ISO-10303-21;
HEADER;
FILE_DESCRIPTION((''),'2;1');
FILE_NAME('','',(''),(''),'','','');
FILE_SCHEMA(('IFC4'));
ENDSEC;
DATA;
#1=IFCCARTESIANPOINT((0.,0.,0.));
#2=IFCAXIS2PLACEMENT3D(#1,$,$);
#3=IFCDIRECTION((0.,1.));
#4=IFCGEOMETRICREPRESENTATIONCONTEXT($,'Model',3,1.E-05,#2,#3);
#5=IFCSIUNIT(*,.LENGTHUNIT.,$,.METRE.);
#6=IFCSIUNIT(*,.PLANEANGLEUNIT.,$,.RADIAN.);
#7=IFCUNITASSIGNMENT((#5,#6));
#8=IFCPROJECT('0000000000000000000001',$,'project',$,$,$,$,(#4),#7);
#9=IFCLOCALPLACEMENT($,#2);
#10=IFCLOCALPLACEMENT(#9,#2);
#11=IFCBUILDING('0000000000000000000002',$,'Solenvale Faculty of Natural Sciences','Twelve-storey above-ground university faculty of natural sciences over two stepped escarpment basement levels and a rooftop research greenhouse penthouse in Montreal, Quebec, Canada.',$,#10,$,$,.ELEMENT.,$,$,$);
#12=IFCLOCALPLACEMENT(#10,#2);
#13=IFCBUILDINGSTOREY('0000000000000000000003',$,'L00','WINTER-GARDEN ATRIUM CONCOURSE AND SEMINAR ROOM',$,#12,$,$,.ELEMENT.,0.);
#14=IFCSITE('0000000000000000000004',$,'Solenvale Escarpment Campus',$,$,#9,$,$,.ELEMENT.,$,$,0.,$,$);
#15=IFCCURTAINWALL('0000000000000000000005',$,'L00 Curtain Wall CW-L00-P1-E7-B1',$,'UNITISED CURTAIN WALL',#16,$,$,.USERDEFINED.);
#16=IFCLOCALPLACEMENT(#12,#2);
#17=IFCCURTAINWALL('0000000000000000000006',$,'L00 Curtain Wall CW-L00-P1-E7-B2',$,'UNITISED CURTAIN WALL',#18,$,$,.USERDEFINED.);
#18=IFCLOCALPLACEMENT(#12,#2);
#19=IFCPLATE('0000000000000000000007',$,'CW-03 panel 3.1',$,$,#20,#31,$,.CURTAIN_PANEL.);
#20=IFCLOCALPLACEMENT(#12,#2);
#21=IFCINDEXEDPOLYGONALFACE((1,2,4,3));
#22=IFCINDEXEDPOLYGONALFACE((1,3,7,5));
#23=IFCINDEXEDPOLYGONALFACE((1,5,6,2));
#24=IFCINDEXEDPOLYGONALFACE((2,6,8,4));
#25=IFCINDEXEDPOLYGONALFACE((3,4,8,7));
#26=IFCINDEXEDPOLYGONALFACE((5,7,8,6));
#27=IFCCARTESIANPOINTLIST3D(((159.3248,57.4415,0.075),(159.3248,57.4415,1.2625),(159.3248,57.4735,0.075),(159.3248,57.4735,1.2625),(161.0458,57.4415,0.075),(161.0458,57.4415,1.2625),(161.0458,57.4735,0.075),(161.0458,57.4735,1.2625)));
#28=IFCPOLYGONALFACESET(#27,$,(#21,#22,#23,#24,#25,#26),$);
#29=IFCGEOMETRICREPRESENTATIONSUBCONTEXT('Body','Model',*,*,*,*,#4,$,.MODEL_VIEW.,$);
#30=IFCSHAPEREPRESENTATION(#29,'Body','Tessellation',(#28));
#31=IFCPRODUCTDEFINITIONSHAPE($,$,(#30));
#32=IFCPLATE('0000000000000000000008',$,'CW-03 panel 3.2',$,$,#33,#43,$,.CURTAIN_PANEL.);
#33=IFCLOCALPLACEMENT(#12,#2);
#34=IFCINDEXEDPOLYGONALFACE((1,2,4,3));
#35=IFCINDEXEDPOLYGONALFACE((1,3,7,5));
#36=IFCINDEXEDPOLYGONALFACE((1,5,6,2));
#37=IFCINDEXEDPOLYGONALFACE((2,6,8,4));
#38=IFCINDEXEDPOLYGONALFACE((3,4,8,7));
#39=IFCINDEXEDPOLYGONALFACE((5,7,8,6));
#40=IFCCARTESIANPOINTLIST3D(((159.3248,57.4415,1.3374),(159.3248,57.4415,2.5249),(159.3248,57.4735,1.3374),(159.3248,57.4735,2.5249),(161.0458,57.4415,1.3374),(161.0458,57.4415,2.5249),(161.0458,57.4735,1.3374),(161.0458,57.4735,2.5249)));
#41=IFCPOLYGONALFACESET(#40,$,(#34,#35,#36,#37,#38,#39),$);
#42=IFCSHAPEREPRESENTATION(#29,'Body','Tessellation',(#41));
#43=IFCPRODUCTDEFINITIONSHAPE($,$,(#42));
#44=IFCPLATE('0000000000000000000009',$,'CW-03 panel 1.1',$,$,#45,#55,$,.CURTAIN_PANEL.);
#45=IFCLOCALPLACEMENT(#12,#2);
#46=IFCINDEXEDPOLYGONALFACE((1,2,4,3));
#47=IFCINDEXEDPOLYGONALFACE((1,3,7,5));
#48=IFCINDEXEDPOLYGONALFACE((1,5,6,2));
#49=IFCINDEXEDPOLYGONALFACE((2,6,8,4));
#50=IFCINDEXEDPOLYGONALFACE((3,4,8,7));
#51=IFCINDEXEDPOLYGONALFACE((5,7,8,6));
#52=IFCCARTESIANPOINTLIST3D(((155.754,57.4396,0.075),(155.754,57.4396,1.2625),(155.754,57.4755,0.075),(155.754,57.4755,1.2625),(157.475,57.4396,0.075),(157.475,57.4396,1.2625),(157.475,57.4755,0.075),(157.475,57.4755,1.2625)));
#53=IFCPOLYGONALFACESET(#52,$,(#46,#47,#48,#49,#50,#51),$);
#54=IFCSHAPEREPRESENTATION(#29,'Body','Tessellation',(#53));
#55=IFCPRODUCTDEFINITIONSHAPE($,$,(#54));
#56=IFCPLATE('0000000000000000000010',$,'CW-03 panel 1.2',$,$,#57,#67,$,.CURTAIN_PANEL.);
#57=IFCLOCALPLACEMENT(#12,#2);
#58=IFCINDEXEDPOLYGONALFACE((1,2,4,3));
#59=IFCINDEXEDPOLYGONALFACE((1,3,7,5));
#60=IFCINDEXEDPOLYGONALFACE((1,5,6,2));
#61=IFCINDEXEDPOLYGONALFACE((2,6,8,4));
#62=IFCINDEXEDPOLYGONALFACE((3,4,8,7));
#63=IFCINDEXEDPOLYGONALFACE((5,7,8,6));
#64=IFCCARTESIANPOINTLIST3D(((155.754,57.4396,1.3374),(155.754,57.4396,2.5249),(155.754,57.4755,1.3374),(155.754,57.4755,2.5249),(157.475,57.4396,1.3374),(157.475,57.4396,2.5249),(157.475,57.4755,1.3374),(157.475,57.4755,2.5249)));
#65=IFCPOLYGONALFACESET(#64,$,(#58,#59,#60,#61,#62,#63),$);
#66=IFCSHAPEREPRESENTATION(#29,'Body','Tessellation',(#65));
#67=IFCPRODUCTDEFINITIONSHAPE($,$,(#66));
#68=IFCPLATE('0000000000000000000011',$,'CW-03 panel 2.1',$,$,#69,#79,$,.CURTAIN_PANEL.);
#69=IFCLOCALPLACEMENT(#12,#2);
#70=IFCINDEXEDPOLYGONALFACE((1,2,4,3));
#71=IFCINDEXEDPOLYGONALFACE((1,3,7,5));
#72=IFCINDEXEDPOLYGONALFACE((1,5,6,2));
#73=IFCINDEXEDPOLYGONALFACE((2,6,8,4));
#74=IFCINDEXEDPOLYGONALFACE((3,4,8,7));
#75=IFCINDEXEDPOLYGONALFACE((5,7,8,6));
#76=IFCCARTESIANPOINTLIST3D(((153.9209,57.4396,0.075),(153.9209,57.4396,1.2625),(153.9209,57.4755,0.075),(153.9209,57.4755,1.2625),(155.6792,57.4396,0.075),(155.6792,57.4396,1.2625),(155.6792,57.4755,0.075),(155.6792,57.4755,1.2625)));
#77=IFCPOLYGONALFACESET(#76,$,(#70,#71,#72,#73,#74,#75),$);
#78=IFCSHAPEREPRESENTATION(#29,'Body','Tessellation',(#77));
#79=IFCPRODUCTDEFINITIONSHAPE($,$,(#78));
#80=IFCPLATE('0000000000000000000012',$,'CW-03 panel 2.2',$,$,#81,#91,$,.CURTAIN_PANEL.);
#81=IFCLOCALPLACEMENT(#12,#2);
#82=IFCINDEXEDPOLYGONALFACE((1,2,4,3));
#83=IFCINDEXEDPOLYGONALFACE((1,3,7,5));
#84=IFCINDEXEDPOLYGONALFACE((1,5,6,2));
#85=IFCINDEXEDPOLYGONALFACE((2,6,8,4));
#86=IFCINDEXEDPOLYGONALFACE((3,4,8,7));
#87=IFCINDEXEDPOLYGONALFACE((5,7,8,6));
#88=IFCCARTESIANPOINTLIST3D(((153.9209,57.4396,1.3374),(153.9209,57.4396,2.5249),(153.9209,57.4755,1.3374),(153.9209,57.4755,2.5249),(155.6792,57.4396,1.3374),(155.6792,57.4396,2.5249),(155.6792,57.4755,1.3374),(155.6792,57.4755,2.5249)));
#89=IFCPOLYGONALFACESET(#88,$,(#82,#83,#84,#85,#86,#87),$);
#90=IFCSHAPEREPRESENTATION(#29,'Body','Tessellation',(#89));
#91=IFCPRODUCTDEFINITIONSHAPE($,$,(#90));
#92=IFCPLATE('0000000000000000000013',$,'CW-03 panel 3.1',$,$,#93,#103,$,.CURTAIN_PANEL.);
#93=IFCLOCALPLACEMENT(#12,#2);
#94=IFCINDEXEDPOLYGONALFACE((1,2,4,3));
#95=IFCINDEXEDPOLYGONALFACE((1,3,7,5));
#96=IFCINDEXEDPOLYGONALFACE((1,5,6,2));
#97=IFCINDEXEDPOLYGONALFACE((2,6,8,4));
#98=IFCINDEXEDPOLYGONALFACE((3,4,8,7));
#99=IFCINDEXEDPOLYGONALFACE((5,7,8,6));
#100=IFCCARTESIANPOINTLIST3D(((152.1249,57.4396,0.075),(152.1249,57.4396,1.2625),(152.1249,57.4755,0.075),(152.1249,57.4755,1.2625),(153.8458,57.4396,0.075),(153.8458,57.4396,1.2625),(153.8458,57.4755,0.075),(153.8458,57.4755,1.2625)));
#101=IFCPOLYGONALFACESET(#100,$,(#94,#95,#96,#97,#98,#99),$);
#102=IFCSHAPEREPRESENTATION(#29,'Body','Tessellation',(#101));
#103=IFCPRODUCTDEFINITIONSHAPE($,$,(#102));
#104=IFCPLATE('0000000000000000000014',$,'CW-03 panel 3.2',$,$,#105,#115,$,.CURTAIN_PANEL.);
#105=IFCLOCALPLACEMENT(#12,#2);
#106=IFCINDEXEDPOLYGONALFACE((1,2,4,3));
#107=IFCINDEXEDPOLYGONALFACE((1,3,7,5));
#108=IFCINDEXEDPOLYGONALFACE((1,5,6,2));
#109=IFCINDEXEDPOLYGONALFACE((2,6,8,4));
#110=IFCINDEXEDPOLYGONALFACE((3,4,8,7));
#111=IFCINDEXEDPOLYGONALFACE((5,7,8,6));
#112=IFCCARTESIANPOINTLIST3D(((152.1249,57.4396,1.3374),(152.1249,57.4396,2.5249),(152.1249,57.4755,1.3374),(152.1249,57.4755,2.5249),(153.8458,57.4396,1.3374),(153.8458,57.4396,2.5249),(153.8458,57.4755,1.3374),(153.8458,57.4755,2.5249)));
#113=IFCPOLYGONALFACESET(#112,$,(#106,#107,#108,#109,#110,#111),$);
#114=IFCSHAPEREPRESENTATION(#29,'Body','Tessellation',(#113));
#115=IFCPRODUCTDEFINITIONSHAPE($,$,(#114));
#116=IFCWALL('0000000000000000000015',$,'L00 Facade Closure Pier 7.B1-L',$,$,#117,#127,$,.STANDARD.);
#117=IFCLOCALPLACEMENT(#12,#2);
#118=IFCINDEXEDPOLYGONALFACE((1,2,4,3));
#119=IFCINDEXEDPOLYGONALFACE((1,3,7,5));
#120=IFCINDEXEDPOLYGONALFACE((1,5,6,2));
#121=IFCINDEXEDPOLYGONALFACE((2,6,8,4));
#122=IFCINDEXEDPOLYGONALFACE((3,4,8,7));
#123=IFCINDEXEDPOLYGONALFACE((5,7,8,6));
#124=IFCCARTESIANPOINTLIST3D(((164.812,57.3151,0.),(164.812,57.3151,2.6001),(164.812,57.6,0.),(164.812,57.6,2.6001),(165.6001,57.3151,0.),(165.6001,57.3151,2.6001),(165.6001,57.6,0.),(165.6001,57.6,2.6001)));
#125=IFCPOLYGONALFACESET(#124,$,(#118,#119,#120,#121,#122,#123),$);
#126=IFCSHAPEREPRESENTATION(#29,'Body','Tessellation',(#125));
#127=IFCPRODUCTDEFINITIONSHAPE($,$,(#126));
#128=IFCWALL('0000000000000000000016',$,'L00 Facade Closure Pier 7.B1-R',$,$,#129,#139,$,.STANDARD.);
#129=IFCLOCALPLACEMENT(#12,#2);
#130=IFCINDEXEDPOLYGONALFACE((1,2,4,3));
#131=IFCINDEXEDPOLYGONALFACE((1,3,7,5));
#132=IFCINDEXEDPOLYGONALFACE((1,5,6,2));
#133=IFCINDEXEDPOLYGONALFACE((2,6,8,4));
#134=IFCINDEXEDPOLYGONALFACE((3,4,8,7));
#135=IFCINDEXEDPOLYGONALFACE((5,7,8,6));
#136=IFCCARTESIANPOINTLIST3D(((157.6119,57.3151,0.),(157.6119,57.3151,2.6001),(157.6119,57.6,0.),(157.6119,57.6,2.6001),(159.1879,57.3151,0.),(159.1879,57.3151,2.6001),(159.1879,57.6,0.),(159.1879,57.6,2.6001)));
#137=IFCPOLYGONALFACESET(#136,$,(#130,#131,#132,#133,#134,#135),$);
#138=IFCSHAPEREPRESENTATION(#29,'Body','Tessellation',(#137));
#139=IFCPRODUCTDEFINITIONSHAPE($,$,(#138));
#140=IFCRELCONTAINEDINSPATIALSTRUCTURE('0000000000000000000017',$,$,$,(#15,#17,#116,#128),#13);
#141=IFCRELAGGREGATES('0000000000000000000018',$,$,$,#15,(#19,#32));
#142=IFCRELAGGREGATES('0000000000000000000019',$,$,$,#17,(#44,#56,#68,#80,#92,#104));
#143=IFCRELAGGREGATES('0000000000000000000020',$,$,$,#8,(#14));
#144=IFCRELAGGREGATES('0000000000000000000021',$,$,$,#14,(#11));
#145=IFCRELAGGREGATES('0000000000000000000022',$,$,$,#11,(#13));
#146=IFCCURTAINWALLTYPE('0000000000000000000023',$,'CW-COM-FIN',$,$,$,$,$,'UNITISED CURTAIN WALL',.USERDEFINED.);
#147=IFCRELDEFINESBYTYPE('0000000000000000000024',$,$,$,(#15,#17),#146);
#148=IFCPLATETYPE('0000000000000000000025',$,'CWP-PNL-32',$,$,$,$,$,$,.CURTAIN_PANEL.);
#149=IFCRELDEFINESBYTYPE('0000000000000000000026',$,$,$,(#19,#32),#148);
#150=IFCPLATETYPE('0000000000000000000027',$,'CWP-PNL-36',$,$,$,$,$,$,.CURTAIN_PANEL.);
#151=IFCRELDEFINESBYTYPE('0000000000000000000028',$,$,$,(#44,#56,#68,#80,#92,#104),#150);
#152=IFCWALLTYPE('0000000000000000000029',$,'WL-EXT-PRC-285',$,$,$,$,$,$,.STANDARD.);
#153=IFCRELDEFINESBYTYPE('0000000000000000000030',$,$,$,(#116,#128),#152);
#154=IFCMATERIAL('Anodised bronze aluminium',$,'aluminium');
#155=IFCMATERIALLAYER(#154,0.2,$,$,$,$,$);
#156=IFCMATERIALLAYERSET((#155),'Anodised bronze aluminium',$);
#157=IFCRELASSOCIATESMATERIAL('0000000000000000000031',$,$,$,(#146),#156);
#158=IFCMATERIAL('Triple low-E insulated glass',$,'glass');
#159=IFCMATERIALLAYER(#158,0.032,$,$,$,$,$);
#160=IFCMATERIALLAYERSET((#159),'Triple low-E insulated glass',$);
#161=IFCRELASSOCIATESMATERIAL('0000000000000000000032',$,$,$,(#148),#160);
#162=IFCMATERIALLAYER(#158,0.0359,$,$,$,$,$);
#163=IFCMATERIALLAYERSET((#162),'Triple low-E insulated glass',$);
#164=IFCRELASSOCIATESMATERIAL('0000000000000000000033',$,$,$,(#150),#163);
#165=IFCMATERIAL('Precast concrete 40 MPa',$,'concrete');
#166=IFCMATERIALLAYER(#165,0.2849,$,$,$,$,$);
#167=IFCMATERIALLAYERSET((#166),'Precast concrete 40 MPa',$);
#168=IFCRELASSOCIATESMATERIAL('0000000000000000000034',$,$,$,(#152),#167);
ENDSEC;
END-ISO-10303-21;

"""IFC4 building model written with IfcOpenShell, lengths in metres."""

from ifc_helpers import new_model, si_unit, direction, frame, frame_2d, origin, origin_2d, place, context, subcontext, project, spatial, rectangle, extrude, material, layer, layer_set, type_object, element, aggregate, save


model = new_model("IFC4")

# Units and contexts
model_context = context("Model", 3, precision=1e-05, world=origin(), true_north=direction((0.0, 1.0)))
body_context = subcontext(model_context, "Body", "Model", "MODEL_VIEW")
ifc_project = project(units=[si_unit("LENGTHUNIT", "METRE"), si_unit("PLANEANGLEUNIT", "RADIAN")], contexts=[model_context])

# Site, building, storey
site_placement = place(None, origin())
site = spatial("IfcSite", under=ifc_project, at=site_placement, Name="Solenvale Escarpment Campus", CompositionType="ELEMENT", RefElevation=0.0)
building_placement = place(site_placement, origin())
building = spatial("IfcBuilding", under=site, at=building_placement, Name="Solenvale Faculty of Natural Sciences", Description="Twelve-storey above-ground university faculty of natural sciences over two stepped escarpment basement levels and a rooftop research greenhouse penthouse in Montreal, Quebec, Canada.", CompositionType="ELEMENT")
storey_placement = place(building_placement, origin())
storey = spatial("IfcBuildingStorey", under=building, at=storey_placement, Name="L00", Description="WINTER-GARDEN ATRIUM CONCOURSE AND SEMINAR ROOM", CompositionType="ELEMENT", Elevation=0.0)

# Curtain walls
ifc_material_1 = material(Name="Anodised bronze aluminium", Category="aluminium")
ifc_layer_1 = layer(ifc_material_1, 0.2)
ifc_layer_set_1 = layer_set([ifc_layer_1], Name="Anodised bronze aluminium")
curtain_wall_type = type_object("IfcCurtainWallType", Name="CW-COM-FIN", ElementType="UNITISED CURTAIN WALL", PredefinedType="USERDEFINED", material=ifc_layer_set_1)
curtain_wall_1_placement = place(storey_placement, origin())
curtain_wall_1 = element("IfcCurtainWall", 1, at=curtain_wall_1_placement, inside=storey, type_object=curtain_wall_type, Name="L00 Curtain Wall CW-L00-P1-E7-B1", ObjectType="UNITISED CURTAIN WALL", PredefinedType="USERDEFINED")
curtain_wall_2_placement = place(storey_placement, origin())
curtain_wall_2 = element("IfcCurtainWall", 2, at=curtain_wall_2_placement, inside=storey, type_object=curtain_wall_type, Name="L00 Curtain Wall CW-L00-P1-E7-B2", ObjectType="UNITISED CURTAIN WALL", PredefinedType="USERDEFINED")

# Plates
ifc_material_2 = material(Name="Triple low-E insulated glass", Category="glass")
ifc_layer_2 = layer(ifc_material_2, 0.032)
ifc_layer_set_2 = layer_set([ifc_layer_2], Name="Triple low-E insulated glass")
plate_type_1 = type_object("IfcPlateType", Name="CWP-PNL-32", PredefinedType="CURTAIN_PANEL", material=ifc_layer_set_2)
plate_1_placement = place(storey_placement, frame((160.1853, 57.4575, 0.075), z_axis=(0.0, 0.0, 1.0), x_axis=(-1.0, 0.0, 0.0)))
plate_1 = element("IfcPlate", 3, at=plate_1_placement, type_object=plate_type_1, Name="CW-03 panel 3.1", PredefinedType="CURTAIN_PANEL", context=body_context, shape_type="SweptSolid", body=[
    extrude(rectangle(XDim=1.7209, YDim=0.032, at=origin_2d()), origin(), (0.0, 0.0, 1.0), 1.1875),
])
plate_2_placement = place(storey_placement, frame((160.1853, 57.4575, 1.3374), z_axis=(0.0, 0.0, 1.0), x_axis=(-1.0, 0.0, 0.0)))
plate_2 = element("IfcPlate", 4, at=plate_2_placement, type_object=plate_type_1, Name="CW-03 panel 3.2", PredefinedType="CURTAIN_PANEL", context=body_context, shape_type="SweptSolid", body=[
    extrude(rectangle(XDim=1.7209, YDim=0.032, at=origin_2d()), origin(), (0.0, 0.0, 1.0), 1.1875),
])
aggregate(curtain_wall_1, [plate_1, plate_2])
ifc_layer_3 = layer(ifc_material_2, 0.0359)
ifc_layer_set_3 = layer_set([ifc_layer_3], Name="Triple low-E insulated glass")
plate_type_2 = type_object("IfcPlateType", Name="CWP-PNL-36", PredefinedType="CURTAIN_PANEL", material=ifc_layer_set_3)
plate_3_placement = place(storey_placement, frame((156.6145, 57.4575, 0.075), z_axis=(0.0, 0.0, 1.0), x_axis=(-1.0, 0.0, 0.0)))
plate_3 = element("IfcPlate", 5, at=plate_3_placement, type_object=plate_type_2, Name="CW-03 panel 1.1", PredefinedType="CURTAIN_PANEL", context=body_context, shape_type="SweptSolid", body=[
    extrude(rectangle(XDim=1.7209, YDim=0.0359, at=origin_2d()), origin(), (0.0, 0.0, 1.0), 1.1875),
])
plate_4_placement = place(storey_placement, frame((156.6145, 57.4575, 1.3374), z_axis=(0.0, 0.0, 1.0), x_axis=(-1.0, 0.0, 0.0)))
plate_4 = element("IfcPlate", 6, at=plate_4_placement, type_object=plate_type_2, Name="CW-03 panel 1.2", PredefinedType="CURTAIN_PANEL", context=body_context, shape_type="SweptSolid", body=[
    extrude(rectangle(XDim=1.7209, YDim=0.0359, at=origin_2d()), origin(), (0.0, 0.0, 1.0), 1.1875),
])
plate_5_placement = place(storey_placement, frame((154.8, 57.4575, 0.075), z_axis=(0.0, 0.0, 1.0), x_axis=(-1.0, 0.0, 0.0)))
plate_5 = element("IfcPlate", 7, at=plate_5_placement, type_object=plate_type_2, Name="CW-03 panel 2.1", PredefinedType="CURTAIN_PANEL", context=body_context, shape_type="SweptSolid", body=[
    extrude(rectangle(XDim=1.7583, YDim=0.0359, at=origin_2d()), origin(), (0.0, 0.0, 1.0), 1.1875),
])
plate_6_placement = place(storey_placement, frame((154.8, 57.4575, 1.3374), z_axis=(0.0, 0.0, 1.0), x_axis=(-1.0, 0.0, 0.0)))
plate_6 = element("IfcPlate", 8, at=plate_6_placement, type_object=plate_type_2, Name="CW-03 panel 2.2", PredefinedType="CURTAIN_PANEL", context=body_context, shape_type="SweptSolid", body=[
    extrude(rectangle(XDim=1.7583, YDim=0.0359, at=origin_2d()), origin(), (0.0, 0.0, 1.0), 1.1875),
])
plate_7_placement = place(storey_placement, frame((152.9854, 57.4575, 0.075), z_axis=(0.0, 0.0, 1.0), x_axis=(-1.0, 0.0, 0.0)))
plate_7 = element("IfcPlate", 9, at=plate_7_placement, type_object=plate_type_2, Name="CW-03 panel 3.1", PredefinedType="CURTAIN_PANEL", context=body_context, shape_type="SweptSolid", body=[
    extrude(rectangle(XDim=1.7209, YDim=0.0359, at=origin_2d()), origin(), (0.0, 0.0, 1.0), 1.1875),
])
plate_8_placement = place(storey_placement, frame((152.9854, 57.4575, 1.3374), z_axis=(0.0, 0.0, 1.0), x_axis=(-1.0, 0.0, 0.0)))
plate_8 = element("IfcPlate", 10, at=plate_8_placement, type_object=plate_type_2, Name="CW-03 panel 3.2", PredefinedType="CURTAIN_PANEL", context=body_context, shape_type="SweptSolid", body=[
    extrude(rectangle(XDim=1.7209, YDim=0.0359, at=origin_2d()), origin(), (0.0, 0.0, 1.0), 1.1875),
])
aggregate(curtain_wall_2, [plate_3, plate_4, plate_5, plate_6, plate_7, plate_8])

# Walls
ifc_material_3 = material(Name="Precast concrete 40 MPa", Category="concrete")
ifc_layer_4 = layer(ifc_material_3, 0.2849)
ifc_layer_set_4 = layer_set([ifc_layer_4], Name="Precast concrete 40 MPa")
wall_type = type_object("IfcWallType", Name="WL-EXT-PRC-285", PredefinedType="STANDARD", material=ifc_layer_set_4)
wall_1_placement = place(storey_placement, frame((165.6001, 57.4575, 0.0), z_axis=(0.0, 0.0, 1.0), x_axis=(-1.0, 0.0, 0.0)))
element("IfcWall", 11, at=wall_1_placement, inside=storey, type_object=wall_type, Name="L00 Facade Closure Pier 7.B1-L", PredefinedType="STANDARD", context=body_context, shape_type="SweptSolid", body=[
    extrude(rectangle(XDim=0.7881, YDim=0.2849, at=frame_2d((0.394, 0.0))), origin(), (0.0, 0.0, 1.0), 2.6001),
])
wall_2_placement = place(storey_placement, frame((159.188, 57.4575, 0.0), z_axis=(0.0, 0.0, 1.0), x_axis=(-1.0, 0.0, 0.0)))
element("IfcWall", 12, at=wall_2_placement, inside=storey, type_object=wall_type, Name="L00 Facade Closure Pier 7.B1-R", PredefinedType="STANDARD", context=body_context, shape_type="SweptSolid", body=[
    extrude(rectangle(XDim=1.5759, YDim=0.2849, at=frame_2d((0.7881, 0.0))), origin(), (0.0, 0.0, 1.0), 2.6001),
])

save(model, "model.ifc")
